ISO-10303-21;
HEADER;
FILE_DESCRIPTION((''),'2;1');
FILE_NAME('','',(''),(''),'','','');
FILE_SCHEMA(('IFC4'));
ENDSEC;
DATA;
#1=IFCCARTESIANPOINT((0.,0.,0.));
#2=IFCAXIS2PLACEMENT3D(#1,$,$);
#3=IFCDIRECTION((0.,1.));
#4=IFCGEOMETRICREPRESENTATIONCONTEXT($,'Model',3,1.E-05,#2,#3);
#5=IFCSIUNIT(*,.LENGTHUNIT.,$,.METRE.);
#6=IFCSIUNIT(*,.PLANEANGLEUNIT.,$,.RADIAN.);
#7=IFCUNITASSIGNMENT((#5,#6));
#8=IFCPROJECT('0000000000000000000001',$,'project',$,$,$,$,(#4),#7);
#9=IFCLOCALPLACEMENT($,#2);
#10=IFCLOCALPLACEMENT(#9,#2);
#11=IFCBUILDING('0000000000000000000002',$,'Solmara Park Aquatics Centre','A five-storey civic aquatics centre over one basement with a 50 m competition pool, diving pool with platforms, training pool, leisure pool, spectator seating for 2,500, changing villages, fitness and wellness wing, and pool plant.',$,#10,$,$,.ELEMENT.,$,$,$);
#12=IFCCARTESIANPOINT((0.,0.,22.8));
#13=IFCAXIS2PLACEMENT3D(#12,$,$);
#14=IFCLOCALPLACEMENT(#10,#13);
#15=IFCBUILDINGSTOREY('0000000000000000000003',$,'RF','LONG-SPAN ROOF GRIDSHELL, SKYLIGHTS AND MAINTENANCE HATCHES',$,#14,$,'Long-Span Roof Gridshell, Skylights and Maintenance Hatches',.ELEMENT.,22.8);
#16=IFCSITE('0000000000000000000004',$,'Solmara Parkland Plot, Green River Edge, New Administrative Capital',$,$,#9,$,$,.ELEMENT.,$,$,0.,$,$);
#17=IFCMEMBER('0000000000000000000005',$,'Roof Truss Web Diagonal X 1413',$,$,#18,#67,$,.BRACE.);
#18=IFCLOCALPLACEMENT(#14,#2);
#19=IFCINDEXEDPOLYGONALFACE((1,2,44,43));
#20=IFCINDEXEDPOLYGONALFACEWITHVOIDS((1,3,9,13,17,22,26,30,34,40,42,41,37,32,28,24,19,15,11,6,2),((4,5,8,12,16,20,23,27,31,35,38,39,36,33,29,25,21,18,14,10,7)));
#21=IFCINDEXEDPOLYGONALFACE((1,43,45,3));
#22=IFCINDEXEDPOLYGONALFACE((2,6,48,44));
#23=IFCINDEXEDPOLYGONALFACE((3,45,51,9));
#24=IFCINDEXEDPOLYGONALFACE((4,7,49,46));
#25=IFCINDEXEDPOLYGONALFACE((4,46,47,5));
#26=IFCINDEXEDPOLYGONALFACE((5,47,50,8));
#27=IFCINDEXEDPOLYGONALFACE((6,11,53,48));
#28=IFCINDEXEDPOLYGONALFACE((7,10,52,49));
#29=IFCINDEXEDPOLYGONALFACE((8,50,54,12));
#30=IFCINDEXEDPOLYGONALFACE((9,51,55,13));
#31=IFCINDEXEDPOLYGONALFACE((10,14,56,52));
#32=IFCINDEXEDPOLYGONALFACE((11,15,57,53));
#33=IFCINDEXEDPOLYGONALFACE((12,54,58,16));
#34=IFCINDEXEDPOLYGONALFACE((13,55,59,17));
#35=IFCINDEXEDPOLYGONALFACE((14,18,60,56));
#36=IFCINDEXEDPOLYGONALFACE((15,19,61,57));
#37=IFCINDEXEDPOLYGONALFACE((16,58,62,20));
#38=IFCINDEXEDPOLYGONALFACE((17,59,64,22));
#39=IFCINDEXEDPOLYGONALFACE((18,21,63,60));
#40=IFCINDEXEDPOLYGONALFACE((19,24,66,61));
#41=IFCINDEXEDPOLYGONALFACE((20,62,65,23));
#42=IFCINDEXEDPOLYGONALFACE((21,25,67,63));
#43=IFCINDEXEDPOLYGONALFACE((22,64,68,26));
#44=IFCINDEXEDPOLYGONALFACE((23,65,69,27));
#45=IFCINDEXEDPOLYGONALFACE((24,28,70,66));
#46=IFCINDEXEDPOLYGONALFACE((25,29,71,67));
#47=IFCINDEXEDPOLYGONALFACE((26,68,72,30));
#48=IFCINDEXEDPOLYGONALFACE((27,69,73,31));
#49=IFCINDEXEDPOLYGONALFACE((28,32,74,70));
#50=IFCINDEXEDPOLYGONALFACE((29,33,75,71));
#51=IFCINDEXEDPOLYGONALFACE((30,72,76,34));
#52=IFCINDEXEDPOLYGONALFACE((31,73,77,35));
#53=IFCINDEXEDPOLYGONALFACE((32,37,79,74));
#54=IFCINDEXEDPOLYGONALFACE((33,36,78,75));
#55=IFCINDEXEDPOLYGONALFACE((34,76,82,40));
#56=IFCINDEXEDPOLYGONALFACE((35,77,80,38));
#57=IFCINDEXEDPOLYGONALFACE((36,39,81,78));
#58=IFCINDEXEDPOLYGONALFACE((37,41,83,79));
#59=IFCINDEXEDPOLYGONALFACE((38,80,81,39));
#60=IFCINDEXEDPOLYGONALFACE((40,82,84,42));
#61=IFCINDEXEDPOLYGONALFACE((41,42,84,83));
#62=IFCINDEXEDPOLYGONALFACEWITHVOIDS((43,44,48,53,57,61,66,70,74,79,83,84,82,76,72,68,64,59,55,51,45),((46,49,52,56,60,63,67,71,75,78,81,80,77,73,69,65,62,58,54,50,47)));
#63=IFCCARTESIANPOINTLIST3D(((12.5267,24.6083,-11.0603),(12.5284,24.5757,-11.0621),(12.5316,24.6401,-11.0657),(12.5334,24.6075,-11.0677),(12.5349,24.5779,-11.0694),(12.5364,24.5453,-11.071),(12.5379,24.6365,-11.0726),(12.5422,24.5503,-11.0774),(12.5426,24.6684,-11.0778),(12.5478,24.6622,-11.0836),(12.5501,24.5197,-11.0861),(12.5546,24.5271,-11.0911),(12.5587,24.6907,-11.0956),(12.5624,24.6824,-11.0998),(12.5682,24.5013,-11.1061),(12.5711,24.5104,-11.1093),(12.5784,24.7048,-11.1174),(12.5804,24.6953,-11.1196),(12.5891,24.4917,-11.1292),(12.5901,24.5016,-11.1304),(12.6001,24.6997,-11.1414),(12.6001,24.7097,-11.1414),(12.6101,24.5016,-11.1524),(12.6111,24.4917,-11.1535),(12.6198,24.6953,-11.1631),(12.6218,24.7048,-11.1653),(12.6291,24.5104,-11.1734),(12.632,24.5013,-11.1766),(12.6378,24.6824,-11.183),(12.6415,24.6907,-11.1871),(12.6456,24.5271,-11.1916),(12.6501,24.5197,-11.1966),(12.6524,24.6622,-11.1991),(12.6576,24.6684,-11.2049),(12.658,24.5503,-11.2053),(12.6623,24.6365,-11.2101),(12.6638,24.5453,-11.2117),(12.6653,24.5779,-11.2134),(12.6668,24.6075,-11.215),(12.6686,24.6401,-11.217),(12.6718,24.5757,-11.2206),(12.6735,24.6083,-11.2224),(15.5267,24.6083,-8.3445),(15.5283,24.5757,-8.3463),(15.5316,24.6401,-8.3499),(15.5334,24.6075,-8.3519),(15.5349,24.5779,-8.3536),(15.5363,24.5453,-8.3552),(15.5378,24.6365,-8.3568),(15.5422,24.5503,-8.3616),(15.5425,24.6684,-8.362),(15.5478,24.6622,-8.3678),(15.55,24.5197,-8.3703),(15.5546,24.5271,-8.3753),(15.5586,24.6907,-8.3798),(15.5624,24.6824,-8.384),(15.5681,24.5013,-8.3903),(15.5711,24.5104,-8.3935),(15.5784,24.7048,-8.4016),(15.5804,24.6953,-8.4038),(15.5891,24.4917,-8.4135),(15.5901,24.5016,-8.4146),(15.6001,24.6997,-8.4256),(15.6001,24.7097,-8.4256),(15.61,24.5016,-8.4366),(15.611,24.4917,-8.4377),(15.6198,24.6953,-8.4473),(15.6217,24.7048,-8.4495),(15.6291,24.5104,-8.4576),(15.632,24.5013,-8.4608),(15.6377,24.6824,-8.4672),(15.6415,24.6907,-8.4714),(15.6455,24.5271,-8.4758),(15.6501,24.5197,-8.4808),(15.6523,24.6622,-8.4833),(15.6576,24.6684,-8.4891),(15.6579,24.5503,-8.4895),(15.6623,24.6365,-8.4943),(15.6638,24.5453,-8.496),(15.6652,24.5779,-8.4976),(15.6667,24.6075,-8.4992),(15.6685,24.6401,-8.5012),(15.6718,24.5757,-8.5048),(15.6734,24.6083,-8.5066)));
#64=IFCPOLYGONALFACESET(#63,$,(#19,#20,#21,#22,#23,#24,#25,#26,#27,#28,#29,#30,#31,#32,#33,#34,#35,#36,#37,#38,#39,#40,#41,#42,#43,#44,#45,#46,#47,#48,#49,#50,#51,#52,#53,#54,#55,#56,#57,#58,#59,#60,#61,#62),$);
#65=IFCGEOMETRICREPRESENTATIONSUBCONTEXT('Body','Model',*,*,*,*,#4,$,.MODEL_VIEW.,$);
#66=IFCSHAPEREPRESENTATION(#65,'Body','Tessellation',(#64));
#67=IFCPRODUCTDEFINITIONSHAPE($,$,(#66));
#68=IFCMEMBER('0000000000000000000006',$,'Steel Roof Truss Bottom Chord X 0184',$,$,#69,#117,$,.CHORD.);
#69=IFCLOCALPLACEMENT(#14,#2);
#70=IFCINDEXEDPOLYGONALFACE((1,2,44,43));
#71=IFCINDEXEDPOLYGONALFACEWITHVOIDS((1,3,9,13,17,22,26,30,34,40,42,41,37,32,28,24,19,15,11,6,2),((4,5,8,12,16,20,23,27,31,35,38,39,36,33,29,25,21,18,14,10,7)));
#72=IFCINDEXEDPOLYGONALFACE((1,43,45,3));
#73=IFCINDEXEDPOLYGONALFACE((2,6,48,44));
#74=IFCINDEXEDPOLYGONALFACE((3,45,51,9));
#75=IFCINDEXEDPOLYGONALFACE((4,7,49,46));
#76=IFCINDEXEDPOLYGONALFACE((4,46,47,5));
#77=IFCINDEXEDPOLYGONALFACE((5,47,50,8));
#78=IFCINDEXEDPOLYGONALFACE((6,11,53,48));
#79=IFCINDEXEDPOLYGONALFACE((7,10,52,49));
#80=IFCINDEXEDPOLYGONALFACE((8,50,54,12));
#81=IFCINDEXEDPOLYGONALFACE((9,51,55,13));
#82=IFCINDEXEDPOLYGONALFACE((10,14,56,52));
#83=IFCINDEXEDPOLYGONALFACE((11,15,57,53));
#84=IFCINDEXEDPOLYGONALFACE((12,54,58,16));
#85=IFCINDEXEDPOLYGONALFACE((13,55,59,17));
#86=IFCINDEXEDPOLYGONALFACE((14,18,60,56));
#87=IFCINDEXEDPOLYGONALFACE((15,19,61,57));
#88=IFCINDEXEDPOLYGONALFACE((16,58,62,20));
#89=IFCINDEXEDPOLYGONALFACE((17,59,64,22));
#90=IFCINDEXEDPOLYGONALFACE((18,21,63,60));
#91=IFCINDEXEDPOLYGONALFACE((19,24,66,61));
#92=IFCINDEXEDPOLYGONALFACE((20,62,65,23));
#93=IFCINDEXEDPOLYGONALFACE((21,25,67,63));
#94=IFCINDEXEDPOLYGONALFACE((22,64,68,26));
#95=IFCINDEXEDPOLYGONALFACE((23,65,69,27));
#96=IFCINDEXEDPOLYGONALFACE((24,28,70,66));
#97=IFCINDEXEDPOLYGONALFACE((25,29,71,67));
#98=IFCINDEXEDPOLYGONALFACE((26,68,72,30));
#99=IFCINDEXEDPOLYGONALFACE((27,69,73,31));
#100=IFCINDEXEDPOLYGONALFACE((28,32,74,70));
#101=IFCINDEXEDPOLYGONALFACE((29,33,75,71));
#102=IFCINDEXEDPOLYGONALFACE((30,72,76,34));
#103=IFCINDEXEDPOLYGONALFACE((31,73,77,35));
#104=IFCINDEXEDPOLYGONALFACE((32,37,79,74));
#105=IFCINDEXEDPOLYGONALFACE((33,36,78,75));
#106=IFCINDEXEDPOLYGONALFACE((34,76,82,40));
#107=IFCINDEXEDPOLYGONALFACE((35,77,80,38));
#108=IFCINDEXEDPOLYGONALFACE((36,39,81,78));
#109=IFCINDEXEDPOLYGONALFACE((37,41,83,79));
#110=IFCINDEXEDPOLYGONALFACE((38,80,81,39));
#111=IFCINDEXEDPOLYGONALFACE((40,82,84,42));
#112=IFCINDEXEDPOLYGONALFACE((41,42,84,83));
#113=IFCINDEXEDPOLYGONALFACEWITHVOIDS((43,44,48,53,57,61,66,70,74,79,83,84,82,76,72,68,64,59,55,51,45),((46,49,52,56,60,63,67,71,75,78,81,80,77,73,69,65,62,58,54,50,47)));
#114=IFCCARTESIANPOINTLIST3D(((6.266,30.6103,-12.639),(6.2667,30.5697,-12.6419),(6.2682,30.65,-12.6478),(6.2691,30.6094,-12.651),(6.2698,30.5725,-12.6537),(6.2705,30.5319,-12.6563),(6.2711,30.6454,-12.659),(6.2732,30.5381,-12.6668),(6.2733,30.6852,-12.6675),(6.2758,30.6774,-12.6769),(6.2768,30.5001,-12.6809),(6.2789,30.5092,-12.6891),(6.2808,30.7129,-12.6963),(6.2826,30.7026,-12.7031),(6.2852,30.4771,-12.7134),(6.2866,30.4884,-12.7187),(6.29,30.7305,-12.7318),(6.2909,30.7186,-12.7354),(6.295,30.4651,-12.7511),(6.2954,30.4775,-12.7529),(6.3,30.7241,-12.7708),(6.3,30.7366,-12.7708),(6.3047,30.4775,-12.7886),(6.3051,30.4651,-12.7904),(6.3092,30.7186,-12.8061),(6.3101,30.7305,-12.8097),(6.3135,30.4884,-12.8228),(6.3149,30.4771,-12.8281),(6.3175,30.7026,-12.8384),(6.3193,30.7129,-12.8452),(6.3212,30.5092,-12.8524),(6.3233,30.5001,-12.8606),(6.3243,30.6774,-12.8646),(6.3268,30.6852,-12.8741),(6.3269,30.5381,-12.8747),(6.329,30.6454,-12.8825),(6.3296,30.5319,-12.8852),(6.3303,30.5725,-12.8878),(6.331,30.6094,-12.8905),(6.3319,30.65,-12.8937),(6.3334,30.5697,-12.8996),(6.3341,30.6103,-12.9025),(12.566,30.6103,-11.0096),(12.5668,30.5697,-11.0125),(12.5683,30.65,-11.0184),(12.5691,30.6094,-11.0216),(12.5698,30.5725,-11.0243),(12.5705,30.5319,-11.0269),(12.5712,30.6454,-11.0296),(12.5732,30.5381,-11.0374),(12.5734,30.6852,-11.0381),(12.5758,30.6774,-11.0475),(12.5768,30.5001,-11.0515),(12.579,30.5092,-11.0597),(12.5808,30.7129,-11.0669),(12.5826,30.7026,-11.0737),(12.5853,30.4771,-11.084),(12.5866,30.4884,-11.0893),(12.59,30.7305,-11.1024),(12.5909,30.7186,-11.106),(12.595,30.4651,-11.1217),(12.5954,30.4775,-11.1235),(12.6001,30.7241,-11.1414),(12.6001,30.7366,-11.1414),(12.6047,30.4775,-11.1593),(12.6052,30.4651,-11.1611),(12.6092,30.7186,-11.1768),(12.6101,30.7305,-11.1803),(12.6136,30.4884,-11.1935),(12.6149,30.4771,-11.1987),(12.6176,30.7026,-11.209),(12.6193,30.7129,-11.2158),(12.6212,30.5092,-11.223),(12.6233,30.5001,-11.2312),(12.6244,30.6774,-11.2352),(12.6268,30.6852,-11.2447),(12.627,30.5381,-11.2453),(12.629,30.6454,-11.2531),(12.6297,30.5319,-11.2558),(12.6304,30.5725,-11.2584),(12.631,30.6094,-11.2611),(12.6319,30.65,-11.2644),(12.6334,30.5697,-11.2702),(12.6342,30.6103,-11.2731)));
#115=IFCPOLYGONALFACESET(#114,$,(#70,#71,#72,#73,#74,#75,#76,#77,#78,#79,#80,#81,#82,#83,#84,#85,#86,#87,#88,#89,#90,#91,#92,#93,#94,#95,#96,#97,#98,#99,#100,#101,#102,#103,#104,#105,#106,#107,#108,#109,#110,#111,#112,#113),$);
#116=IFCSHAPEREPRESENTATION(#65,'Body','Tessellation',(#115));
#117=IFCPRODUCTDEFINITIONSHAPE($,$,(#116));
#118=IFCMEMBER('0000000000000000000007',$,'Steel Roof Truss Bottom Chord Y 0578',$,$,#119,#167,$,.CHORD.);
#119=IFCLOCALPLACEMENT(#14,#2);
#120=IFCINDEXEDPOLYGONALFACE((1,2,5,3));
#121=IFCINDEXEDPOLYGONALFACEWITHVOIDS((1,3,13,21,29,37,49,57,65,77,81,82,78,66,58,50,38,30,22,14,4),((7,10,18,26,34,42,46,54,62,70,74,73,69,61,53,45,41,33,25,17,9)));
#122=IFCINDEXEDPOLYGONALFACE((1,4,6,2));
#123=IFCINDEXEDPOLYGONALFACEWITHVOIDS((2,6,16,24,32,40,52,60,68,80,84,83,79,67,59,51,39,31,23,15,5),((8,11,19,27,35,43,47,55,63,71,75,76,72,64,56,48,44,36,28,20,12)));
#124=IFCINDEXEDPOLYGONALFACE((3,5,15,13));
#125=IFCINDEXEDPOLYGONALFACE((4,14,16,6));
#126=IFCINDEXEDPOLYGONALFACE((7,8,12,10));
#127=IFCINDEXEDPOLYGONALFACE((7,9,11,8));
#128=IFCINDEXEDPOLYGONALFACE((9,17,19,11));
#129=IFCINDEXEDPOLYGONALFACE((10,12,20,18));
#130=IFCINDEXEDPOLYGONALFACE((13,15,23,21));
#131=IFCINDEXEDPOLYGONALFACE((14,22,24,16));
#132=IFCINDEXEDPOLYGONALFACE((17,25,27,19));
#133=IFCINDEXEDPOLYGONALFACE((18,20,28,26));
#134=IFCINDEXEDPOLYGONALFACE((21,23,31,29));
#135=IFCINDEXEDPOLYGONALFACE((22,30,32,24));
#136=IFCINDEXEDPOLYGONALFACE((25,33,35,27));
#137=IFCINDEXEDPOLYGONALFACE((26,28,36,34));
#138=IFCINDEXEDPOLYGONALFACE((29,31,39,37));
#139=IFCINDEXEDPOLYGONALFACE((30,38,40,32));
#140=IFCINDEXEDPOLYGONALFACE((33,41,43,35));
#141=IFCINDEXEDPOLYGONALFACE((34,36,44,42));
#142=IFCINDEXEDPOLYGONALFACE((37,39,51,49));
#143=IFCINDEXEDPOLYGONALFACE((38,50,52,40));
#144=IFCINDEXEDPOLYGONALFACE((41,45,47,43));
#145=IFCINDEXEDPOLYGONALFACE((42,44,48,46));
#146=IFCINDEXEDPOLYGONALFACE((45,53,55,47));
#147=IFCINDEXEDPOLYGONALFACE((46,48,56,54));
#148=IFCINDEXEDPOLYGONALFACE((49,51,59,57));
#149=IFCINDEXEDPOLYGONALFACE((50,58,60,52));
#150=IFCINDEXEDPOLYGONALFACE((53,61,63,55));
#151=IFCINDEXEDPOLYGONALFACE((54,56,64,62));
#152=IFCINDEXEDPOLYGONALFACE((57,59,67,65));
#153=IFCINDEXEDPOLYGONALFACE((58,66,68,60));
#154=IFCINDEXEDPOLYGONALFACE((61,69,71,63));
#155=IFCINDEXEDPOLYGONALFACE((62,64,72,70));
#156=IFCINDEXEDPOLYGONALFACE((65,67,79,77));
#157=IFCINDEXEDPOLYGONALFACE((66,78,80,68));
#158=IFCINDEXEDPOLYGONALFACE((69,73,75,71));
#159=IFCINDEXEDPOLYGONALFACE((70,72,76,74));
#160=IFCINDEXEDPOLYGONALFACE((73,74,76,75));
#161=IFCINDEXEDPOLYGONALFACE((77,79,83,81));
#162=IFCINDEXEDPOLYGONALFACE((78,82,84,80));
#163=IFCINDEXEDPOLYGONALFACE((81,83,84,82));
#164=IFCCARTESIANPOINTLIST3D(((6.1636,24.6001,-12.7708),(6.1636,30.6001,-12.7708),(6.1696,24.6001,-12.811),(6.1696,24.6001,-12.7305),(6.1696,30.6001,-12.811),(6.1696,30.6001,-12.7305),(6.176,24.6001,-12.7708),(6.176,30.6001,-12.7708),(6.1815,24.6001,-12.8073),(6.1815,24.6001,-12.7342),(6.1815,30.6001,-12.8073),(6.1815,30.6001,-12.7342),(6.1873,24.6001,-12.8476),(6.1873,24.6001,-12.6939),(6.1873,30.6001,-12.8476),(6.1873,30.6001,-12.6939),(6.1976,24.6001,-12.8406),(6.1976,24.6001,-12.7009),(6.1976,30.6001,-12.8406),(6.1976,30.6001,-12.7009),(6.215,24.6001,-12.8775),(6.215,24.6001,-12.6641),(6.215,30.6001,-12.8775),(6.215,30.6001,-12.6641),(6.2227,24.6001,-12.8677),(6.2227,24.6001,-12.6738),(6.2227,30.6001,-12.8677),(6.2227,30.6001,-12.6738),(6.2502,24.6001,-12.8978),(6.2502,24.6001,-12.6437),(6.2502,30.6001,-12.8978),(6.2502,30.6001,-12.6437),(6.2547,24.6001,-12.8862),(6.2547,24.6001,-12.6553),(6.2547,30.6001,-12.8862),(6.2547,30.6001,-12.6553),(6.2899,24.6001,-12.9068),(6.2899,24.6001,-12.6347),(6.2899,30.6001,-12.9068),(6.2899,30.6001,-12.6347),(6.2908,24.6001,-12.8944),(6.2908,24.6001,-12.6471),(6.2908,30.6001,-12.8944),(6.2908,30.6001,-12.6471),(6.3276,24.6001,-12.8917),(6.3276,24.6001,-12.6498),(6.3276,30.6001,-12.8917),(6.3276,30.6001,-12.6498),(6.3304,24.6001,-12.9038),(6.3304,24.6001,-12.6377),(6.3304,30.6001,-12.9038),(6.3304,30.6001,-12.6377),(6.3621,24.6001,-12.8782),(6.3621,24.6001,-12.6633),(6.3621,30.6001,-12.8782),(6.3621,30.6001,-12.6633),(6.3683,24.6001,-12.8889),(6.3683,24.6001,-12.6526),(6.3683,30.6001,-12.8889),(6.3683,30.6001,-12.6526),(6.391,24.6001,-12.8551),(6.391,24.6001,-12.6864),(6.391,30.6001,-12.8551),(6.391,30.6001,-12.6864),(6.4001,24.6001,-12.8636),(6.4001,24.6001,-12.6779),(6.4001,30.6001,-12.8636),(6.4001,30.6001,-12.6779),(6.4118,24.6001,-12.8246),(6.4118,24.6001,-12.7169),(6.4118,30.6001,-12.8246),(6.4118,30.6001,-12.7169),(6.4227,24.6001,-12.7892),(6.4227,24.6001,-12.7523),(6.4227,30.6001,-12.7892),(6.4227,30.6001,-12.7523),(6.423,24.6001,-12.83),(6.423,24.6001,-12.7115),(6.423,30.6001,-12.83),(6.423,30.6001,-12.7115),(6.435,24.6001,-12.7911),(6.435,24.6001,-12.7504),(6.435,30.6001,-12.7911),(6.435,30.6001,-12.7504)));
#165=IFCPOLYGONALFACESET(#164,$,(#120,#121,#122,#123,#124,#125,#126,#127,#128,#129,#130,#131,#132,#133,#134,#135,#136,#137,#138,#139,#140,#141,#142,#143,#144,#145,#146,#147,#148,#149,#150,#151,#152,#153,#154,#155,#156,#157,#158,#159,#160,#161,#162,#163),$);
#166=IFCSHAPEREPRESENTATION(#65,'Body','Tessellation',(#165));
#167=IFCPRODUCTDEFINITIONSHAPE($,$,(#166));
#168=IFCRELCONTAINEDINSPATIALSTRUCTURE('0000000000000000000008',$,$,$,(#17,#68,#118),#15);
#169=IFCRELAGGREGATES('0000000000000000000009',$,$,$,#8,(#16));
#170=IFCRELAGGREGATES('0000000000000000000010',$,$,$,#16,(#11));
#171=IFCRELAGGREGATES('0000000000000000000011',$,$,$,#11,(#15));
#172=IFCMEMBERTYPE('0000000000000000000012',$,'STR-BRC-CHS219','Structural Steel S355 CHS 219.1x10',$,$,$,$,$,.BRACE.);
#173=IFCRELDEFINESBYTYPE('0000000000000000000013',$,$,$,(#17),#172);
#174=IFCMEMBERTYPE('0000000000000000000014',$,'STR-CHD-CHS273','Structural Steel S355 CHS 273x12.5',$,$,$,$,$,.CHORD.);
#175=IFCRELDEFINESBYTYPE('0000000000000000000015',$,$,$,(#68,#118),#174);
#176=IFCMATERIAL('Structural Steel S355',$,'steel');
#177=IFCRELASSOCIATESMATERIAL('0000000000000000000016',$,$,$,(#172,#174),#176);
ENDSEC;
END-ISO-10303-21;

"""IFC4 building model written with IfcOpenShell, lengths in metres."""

from ifc_helpers import new_model, si_unit, direction, frame, origin, origin_2d, place, context, subcontext, project, spatial, hollow_circle, extrude, material, material_profile, profile_set, type_object, element, save


model = new_model("IFC4")

# Units and contexts
model_context = context("Model", 3, precision=1e-05, world=origin(), true_north=direction((0.0, 1.0)))
body_context = subcontext(model_context, "Body", "Model", "MODEL_VIEW")
ifc_project = project(units=[si_unit("LENGTHUNIT", "METRE"), si_unit("PLANEANGLEUNIT", "RADIAN")], contexts=[model_context])

# Site, building, storey
site_placement = place(None, origin())
site = spatial("IfcSite", under=ifc_project, at=site_placement, Name="Solmara Parkland Plot, Green River Edge, New Administrative Capital", CompositionType="ELEMENT", RefElevation=0.0)
building_placement = place(site_placement, origin())
building = spatial("IfcBuilding", under=site, at=building_placement, Name="Solmara Park Aquatics Centre", Description="A five-storey civic aquatics centre over one basement with a 50 m competition pool, diving pool with platforms, training pool, leisure pool, spectator seating for 2,500, changing villages, fitness and wellness wing, and pool plant.", CompositionType="ELEMENT")
storey_placement = place(building_placement, frame((0.0, 0.0, 22.8)))
storey = spatial("IfcBuildingStorey", under=building, at=storey_placement, Name="RF", Description="LONG-SPAN ROOF GRIDSHELL, SKYLIGHTS AND MAINTENANCE HATCHES", LongName="Long-Span Roof Gridshell, Skylights and Maintenance Hatches", CompositionType="ELEMENT", Elevation=22.8)

# Members
ifc_material_1 = material(Name="Structural Steel S355", Category="steel")
ifc_material_profile_1 = material_profile(ifc_material_1, hollow_circle(Radius=0.1096, WallThickness=0.01, at=origin_2d()), Name="CHS 219.1x10")
ifc_profile_set_1 = profile_set([ifc_material_profile_1], Name="Structural Steel S355")
member_type_1 = type_object("IfcMemberType", Name="STR-BRC-CHS219", Description="Structural Steel S355 CHS 219.1x10", PredefinedType="BRACE", material=ifc_profile_set_1)
member_1_placement = place(storey_placement, frame((12.6001, 24.6001, -11.1414), z_axis=(0.741347, 0.0, 0.671122), x_axis=(0.0, 1.0, 0.0)))
element("IfcMember", 1, at=member_1_placement, inside=storey, type_object=member_type_1, Name="Roof Truss Web Diagonal X 1413", PredefinedType="BRACE", context=body_context, shape_type="SweptSolid", body=[
    extrude(hollow_circle(Radius=0.1096, WallThickness=0.01, at=origin_2d()), origin(), (0.0, 0.0, 1.0), 4.0466),
])
ifc_material_profile_2 = material_profile(ifc_material_1, hollow_circle(Radius=0.1365, WallThickness=0.0125, at=origin_2d()), Name="CHS 273x12.5")
ifc_profile_set_2 = profile_set([ifc_material_profile_2], Name="Structural Steel S355")
member_type_2 = type_object("IfcMemberType", Name="STR-CHD-CHS273", Description="Structural Steel S355 CHS 273x12.5", PredefinedType="CHORD", material=ifc_profile_set_2)
member_2_placement = place(storey_placement, frame((6.3, 30.6001, -12.7708), z_axis=(0.968144, 0.0, 0.250393), x_axis=(0.0, 1.0, 0.0)))
element("IfcMember", 2, at=member_2_placement, inside=storey, type_object=member_type_2, Name="Steel Roof Truss Bottom Chord X 0184", PredefinedType="CHORD", context=body_context, shape_type="SweptSolid", body=[
    extrude(hollow_circle(Radius=0.1365, WallThickness=0.0125, at=origin_2d()), origin(), (0.0, 0.0, 1.0), 6.5073),
])
member_3_placement = place(storey_placement, frame((6.3, 24.6001, -12.7708), z_axis=(0.0, 1.0, 0.0), x_axis=(-1.0, 0.0, 0.0)))
element("IfcMember", 3, at=member_3_placement, inside=storey, type_object=member_type_2, Name="Steel Roof Truss Bottom Chord Y 0578", PredefinedType="CHORD", context=body_context, shape_type="SweptSolid", body=[
    extrude(hollow_circle(Radius=0.1365, WallThickness=0.0125, at=origin_2d()), origin(), (0.0, 0.0, 1.0), 6.0),
])

save(model, "model.ifc")
